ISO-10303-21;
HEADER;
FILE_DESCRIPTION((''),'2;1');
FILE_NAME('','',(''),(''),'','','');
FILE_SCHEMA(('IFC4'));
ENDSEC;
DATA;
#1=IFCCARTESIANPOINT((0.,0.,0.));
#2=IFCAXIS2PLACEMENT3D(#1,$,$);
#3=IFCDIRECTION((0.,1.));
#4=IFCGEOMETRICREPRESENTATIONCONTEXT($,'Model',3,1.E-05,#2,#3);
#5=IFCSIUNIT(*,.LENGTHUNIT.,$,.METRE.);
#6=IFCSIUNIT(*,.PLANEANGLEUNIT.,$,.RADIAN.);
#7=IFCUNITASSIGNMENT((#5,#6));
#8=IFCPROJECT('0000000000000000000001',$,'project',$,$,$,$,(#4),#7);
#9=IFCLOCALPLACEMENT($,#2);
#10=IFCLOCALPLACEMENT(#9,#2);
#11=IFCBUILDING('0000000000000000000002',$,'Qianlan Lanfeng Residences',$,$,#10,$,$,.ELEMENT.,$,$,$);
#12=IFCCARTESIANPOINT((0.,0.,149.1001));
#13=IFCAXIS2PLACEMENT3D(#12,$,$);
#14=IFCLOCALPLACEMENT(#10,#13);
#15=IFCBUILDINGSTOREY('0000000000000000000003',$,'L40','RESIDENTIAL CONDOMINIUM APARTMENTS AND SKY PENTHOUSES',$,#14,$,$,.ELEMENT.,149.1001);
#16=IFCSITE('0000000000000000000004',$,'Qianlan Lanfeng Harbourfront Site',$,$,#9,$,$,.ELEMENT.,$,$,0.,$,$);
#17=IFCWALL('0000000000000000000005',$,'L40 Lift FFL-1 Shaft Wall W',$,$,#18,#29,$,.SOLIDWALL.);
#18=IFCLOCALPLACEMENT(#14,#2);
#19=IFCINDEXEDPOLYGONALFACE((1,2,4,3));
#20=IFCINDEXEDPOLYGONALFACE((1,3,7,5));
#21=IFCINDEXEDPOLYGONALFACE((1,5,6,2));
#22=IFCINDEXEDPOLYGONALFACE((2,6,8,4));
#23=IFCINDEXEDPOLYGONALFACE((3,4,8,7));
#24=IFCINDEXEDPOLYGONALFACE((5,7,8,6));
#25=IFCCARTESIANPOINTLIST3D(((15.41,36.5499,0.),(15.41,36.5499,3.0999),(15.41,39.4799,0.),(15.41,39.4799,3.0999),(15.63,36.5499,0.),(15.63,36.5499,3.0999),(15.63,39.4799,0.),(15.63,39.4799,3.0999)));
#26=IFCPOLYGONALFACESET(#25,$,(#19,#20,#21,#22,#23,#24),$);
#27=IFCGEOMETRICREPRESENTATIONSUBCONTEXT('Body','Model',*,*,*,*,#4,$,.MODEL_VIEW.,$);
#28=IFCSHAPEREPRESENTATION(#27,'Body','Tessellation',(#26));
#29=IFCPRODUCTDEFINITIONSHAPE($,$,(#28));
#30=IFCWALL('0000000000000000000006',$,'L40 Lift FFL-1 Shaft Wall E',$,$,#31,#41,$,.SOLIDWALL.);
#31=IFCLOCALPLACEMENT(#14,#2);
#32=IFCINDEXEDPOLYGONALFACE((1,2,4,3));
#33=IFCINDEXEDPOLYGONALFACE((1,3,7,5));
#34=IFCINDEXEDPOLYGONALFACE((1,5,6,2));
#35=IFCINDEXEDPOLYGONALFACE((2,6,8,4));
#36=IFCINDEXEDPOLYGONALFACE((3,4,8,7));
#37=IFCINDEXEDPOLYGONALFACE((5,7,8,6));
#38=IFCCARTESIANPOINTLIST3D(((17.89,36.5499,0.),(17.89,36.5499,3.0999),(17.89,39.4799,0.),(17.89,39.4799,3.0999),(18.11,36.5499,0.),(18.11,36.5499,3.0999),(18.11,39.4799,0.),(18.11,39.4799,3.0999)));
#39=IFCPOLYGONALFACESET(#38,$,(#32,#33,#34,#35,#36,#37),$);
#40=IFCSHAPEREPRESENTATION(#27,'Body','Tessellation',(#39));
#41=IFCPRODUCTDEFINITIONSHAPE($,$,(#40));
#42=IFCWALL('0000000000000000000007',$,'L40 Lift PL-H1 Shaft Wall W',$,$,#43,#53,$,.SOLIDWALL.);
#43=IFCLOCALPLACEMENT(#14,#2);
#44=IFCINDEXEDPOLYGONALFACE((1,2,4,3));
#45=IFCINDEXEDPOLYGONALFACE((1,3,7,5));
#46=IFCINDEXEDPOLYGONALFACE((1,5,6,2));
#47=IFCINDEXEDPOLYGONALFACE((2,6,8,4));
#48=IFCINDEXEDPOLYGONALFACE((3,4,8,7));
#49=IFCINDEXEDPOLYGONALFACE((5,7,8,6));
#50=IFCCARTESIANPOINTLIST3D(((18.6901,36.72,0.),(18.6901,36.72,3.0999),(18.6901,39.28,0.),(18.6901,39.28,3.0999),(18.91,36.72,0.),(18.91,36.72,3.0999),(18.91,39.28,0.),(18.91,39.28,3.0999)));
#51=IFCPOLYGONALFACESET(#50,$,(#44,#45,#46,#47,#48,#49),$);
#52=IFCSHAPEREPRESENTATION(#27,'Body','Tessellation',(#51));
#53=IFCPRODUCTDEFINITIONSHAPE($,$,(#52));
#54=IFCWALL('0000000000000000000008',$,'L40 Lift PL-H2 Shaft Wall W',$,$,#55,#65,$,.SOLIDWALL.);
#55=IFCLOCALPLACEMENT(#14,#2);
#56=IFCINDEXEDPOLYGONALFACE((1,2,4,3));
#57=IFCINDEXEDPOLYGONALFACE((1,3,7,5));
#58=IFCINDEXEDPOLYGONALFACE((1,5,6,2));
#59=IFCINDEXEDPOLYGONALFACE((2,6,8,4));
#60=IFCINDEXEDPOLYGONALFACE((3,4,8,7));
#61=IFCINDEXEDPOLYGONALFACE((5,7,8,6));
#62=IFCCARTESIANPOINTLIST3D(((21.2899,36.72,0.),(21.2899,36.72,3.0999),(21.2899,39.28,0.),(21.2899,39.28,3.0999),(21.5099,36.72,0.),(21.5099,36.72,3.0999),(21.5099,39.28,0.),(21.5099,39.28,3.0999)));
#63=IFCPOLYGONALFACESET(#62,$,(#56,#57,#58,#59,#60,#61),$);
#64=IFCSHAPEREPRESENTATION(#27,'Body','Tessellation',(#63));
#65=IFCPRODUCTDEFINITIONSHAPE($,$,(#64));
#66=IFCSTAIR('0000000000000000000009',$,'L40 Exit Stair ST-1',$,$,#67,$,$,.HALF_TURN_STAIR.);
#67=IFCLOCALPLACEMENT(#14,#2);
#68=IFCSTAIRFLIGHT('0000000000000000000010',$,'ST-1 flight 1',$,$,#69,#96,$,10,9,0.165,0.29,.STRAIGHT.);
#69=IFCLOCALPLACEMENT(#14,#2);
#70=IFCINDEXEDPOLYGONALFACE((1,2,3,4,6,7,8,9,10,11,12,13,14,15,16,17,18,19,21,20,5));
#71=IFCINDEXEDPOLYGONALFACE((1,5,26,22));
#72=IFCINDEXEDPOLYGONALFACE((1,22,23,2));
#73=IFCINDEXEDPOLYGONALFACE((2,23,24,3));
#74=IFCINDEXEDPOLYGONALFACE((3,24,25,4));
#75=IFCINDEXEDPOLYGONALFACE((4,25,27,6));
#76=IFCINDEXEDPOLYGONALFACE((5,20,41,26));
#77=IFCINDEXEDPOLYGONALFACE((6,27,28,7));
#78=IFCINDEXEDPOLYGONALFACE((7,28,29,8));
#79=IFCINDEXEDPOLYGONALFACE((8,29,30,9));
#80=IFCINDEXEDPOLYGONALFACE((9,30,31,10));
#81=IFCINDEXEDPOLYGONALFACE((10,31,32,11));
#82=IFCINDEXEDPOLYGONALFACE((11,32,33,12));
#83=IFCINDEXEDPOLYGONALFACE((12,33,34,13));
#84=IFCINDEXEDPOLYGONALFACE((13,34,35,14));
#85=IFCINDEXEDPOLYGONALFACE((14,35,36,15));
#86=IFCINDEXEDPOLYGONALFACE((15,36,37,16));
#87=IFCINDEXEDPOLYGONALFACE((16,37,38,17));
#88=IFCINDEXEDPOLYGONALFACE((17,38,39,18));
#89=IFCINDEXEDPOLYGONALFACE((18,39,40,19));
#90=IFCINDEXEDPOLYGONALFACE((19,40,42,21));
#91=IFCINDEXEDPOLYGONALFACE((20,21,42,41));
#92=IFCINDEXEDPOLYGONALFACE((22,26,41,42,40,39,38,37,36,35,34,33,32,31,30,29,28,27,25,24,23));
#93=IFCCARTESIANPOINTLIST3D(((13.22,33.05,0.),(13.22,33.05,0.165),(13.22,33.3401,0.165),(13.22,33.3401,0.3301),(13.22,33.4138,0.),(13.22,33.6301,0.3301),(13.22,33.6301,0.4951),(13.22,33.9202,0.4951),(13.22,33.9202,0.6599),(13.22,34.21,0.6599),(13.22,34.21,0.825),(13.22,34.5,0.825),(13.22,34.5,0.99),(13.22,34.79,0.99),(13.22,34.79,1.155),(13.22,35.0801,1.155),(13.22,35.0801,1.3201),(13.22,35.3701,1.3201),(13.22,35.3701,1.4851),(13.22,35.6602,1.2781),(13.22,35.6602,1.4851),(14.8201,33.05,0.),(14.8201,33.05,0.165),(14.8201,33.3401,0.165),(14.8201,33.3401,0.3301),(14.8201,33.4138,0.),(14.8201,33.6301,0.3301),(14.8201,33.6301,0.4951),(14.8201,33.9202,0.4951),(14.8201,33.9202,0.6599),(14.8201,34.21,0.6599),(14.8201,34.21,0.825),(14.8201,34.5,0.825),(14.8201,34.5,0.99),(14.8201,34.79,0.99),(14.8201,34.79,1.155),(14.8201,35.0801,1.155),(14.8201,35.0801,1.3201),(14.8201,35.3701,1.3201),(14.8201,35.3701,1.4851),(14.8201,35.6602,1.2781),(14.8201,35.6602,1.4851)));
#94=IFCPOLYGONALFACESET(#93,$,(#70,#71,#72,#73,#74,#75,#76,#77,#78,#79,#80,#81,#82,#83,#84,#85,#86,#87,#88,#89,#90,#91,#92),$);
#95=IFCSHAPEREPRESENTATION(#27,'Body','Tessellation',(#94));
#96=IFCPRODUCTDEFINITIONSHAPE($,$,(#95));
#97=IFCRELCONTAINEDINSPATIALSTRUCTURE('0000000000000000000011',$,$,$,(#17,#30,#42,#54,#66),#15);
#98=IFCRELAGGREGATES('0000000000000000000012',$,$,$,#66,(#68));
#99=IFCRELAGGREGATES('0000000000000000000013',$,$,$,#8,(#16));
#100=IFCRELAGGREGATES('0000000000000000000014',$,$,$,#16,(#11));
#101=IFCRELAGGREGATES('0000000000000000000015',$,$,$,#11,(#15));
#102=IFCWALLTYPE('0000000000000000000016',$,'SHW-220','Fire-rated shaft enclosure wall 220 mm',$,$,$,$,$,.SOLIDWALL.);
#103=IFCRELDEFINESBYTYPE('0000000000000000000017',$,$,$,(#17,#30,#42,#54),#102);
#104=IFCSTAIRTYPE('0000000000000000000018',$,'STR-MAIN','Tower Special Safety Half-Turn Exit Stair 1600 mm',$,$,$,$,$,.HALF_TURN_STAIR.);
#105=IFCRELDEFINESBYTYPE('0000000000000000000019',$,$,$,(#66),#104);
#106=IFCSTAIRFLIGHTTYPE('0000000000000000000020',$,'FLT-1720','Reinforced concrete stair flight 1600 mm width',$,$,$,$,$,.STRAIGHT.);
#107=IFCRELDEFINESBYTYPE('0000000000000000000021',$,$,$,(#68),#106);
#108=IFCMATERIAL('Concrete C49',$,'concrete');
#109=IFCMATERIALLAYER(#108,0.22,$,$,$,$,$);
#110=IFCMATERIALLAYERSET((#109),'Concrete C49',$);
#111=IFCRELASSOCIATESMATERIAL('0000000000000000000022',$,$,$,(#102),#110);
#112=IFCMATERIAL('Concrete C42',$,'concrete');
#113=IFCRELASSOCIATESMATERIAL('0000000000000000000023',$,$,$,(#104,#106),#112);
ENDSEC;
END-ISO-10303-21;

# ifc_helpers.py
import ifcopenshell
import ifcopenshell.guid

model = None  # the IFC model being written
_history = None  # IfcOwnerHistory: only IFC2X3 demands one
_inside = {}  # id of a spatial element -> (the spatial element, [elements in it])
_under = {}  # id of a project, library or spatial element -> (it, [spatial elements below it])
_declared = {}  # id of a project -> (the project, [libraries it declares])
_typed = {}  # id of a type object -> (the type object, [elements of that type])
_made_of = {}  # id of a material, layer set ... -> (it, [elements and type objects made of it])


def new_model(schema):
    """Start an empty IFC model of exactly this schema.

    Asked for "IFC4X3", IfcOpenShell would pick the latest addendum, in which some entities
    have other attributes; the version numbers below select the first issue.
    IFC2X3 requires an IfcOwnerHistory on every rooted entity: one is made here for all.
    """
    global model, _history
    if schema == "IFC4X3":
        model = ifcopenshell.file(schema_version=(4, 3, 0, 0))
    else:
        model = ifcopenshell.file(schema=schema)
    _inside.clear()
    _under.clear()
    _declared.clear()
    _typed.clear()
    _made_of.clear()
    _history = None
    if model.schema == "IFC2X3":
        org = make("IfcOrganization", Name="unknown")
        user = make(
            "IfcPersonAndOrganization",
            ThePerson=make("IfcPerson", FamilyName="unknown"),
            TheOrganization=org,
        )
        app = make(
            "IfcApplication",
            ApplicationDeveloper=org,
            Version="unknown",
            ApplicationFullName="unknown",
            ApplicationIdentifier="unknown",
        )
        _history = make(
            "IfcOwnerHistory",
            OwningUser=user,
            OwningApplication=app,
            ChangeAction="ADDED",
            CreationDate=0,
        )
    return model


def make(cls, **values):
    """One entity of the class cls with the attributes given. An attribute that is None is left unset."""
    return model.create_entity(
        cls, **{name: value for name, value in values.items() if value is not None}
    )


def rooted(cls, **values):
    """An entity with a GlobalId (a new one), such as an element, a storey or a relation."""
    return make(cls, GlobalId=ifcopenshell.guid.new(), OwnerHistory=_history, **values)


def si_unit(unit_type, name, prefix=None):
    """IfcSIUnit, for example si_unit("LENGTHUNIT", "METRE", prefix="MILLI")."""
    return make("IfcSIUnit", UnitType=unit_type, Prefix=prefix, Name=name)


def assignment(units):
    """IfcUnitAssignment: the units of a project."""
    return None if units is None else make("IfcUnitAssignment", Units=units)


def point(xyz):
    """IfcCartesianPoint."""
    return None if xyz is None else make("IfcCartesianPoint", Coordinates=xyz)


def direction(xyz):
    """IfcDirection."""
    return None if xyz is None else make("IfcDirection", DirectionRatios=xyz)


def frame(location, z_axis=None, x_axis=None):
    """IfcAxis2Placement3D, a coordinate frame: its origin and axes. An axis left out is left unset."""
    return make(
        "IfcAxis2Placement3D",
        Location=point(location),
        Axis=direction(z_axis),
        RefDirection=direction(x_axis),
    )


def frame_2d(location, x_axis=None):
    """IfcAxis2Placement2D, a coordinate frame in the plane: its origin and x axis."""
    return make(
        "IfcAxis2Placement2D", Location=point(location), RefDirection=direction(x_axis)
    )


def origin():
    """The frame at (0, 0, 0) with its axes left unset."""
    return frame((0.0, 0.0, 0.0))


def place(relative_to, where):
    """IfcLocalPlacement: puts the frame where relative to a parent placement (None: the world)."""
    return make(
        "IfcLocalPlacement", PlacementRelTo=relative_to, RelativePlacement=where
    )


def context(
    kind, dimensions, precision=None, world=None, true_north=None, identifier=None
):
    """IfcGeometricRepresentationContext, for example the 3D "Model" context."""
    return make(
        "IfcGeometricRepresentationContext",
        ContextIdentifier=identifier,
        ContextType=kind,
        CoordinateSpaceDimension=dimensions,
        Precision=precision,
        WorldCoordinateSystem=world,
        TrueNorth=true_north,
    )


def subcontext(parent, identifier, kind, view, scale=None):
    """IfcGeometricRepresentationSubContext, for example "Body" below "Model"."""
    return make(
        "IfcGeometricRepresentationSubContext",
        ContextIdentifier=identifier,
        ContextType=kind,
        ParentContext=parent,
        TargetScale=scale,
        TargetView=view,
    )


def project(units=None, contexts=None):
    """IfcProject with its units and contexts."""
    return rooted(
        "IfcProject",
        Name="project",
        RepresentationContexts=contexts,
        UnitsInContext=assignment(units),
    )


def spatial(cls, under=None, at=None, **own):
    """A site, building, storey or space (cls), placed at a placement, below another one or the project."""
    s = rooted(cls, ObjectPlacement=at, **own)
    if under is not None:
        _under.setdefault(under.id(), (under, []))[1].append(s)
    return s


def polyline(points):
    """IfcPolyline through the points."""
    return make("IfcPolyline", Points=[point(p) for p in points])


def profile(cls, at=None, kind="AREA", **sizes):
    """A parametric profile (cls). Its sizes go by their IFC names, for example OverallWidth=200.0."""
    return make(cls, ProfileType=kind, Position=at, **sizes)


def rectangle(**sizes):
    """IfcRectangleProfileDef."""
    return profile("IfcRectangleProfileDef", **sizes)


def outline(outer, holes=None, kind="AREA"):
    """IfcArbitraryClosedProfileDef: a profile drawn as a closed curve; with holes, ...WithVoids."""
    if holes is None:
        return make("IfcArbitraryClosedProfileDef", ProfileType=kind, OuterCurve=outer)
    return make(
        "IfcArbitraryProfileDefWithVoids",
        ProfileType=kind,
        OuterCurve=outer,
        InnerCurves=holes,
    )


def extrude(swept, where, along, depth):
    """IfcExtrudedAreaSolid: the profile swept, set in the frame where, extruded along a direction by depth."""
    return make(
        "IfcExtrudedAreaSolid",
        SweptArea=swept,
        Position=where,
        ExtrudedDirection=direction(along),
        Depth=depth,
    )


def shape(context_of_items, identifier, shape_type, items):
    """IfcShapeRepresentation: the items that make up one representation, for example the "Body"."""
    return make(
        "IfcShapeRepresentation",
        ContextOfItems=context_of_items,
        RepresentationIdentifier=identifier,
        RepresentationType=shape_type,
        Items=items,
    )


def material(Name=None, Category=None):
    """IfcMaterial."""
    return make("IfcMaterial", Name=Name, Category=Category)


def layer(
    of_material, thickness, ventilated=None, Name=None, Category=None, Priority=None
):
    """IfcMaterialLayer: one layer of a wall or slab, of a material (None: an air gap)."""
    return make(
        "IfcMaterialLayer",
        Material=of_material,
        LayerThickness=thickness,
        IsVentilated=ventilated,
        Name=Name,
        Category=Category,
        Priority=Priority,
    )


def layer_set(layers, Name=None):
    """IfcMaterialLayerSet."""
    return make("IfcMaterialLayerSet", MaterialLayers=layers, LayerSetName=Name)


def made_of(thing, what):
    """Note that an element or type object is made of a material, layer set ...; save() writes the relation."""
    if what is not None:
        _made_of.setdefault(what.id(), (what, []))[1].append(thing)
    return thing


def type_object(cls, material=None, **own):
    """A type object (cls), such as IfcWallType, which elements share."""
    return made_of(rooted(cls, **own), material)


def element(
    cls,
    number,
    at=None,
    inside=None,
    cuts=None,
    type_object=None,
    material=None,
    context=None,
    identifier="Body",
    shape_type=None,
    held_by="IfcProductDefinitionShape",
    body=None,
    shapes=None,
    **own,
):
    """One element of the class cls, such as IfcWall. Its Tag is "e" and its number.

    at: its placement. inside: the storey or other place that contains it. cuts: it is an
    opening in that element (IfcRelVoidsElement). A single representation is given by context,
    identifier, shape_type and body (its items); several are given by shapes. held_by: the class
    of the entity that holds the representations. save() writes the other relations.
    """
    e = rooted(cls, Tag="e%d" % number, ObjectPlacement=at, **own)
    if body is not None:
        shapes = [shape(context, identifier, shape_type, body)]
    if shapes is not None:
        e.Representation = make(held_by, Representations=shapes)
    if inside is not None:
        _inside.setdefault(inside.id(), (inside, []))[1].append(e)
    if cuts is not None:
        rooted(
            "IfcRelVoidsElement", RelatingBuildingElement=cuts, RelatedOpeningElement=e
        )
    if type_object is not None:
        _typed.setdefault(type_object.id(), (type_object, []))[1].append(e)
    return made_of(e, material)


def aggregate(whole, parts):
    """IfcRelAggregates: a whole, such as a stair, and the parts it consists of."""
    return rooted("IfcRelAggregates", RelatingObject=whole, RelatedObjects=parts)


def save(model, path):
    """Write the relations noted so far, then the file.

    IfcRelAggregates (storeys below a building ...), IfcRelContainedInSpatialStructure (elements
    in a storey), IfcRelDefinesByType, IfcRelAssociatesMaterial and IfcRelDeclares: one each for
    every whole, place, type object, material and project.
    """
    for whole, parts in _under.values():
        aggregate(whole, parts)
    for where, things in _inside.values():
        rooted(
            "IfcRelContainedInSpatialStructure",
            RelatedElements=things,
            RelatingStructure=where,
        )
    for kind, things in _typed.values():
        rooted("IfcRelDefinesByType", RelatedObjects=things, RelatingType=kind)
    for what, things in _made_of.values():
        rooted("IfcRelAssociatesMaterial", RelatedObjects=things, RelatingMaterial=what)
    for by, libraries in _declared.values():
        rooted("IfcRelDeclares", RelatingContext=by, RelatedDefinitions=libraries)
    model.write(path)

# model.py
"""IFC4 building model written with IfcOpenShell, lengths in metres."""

from ifc_helpers import new_model, si_unit, direction, frame, frame_2d, origin, place, context, subcontext, project, spatial, polyline, rectangle, outline, extrude, material, layer, layer_set, type_object, element, aggregate, save


model = new_model("IFC4")

# Units and contexts
model_context = context("Model", 3, precision=1e-05, world=origin(), true_north=direction((0.0, 1.0)))
body_context = subcontext(model_context, "Body", "Model", "MODEL_VIEW")
ifc_project = project(units=[si_unit("LENGTHUNIT", "METRE"), si_unit("PLANEANGLEUNIT", "RADIAN")], contexts=[model_context])

# Site, building, storey
site_placement = place(None, origin())
site = spatial("IfcSite", under=ifc_project, at=site_placement, Name="Qianlan Lanfeng Harbourfront Site", CompositionType="ELEMENT", RefElevation=0.0)
building_placement = place(site_placement, origin())
building = spatial("IfcBuilding", under=site, at=building_placement, Name="Qianlan Lanfeng Residences", CompositionType="ELEMENT")
storey_placement = place(building_placement, frame((0.0, 0.0, 149.1001)))
storey = spatial("IfcBuildingStorey", under=building, at=storey_placement, Name="L40", Description="RESIDENTIAL CONDOMINIUM APARTMENTS AND SKY PENTHOUSES", CompositionType="ELEMENT", Elevation=149.1001)

# Walls
ifc_material_1 = material(Name="Concrete C49", Category="concrete")
ifc_layer_1 = layer(ifc_material_1, 0.22)
ifc_layer_set_1 = layer_set([ifc_layer_1], Name="Concrete C49")
wall_type_1 = type_object("IfcWallType", Name="SHW-220", Description="Fire-rated shaft enclosure wall 220 mm", PredefinedType="SOLIDWALL", material=ifc_layer_set_1)
for number, where, z_axis, x_axis, name in (
    (1, (15.52, 36.55, 0.0), (0.0, 0.0, 1.0), (0.0, 1.0, 0.0), "L40 Lift FFL-1 Shaft Wall W"),
    (2, (18.0, 36.55, 0.0), (0.0, 0.0, 1.0), (0.0, 1.0, 0.0), "L40 Lift FFL-1 Shaft Wall E"),
):
    element("IfcWall", number, at=place(storey_placement, frame(where, z_axis=z_axis, x_axis=x_axis)), inside=storey, type_object=wall_type_1, Name=name, PredefinedType="SOLIDWALL", context=body_context, shape_type="SweptSolid", body=[
        extrude(rectangle(XDim=2.9299, YDim=0.22, at=frame_2d((1.4648, 0.0))), origin(), (0.0, 0.0, 1.0), 3.0999),
    ])
for number, where, z_axis, x_axis, name in (
    (3, (18.8, 36.72, 0.0), (0.0, 0.0, 1.0), (0.0, 1.0, 0.0), "L40 Lift PL-H1 Shaft Wall W"),
    (4, (21.3999, 36.72, 0.0), (0.0, 0.0, 1.0), (0.0, 1.0, 0.0), "L40 Lift PL-H2 Shaft Wall W"),
):
    element("IfcWall", number, at=place(storey_placement, frame(where, z_axis=z_axis, x_axis=x_axis)), inside=storey, type_object=wall_type_1, Name=name, PredefinedType="SOLIDWALL", context=body_context, shape_type="SweptSolid", body=[
        extrude(rectangle(XDim=2.5601, YDim=0.22, at=frame_2d((1.28, 0.0))), origin(), (0.0, 0.0, 1.0), 3.0999),
    ])

# Stair, stair flight
ifc_material_2 = material(Name="Concrete C42", Category="concrete")
stair_type = type_object("IfcStairType", Name="STR-MAIN", Description="Tower Special Safety Half-Turn Exit Stair 1600 mm", PredefinedType="HALF_TURN_STAIR", material=ifc_material_2)
stair_placement = place(storey_placement, origin())
stair = element("IfcStair", 5, at=stair_placement, inside=storey, type_object=stair_type, Name="L40 Exit Stair ST-1", PredefinedType="HALF_TURN_STAIR")
stair_flight_type = type_object("IfcStairFlightType", Name="FLT-1720", Description="Reinforced concrete stair flight 1600 mm width", PredefinedType="STRAIGHT", material=ifc_material_2)
stair_flight_placement = place(storey_placement, frame((14.02, 33.05, 0.0), z_axis=(0.0, 0.0, 1.0), x_axis=(0.0, 1.0, 0.0)))
stair_flight = element("IfcStairFlight", 6, at=stair_flight_placement, type_object=stair_flight_type, Name="ST-1 flight 1", NumberOfRisers=10, NumberOfTreads=9, PredefinedType="STRAIGHT", RiserHeight=0.165, TreadLength=0.29, context=body_context, shape_type="SweptSolid", body=[
    extrude(outline(polyline([(0.0, 0.0), (0.0, 0.165), (0.29, 0.165), (0.29, 0.3301), (0.5801, 0.3301), (0.5801, 0.4951), (0.8701, 0.4951), (0.8701, 0.6599), (1.1599, 0.6599), (1.1599, 0.825), (1.45, 0.825), (1.45, 0.99), (1.74, 0.99), (1.74, 1.155), (2.03, 1.155), (2.03, 1.3201), (2.3201, 1.3201), (2.3201, 1.4851), (2.6101, 1.4851), (2.6101, 1.6499), (2.6101, 1.2781), (0.3638, 0.0), (0.0, 0.0)])), frame((0.0, 0.8, 0.0), z_axis=(0.0, -1.0, 0.0), x_axis=(1.0, 0.0, 0.0)), (0.0, 0.0, 1.0), 1.6001),
])
aggregate(stair, [stair_flight])

save(model, "model.ifc")
